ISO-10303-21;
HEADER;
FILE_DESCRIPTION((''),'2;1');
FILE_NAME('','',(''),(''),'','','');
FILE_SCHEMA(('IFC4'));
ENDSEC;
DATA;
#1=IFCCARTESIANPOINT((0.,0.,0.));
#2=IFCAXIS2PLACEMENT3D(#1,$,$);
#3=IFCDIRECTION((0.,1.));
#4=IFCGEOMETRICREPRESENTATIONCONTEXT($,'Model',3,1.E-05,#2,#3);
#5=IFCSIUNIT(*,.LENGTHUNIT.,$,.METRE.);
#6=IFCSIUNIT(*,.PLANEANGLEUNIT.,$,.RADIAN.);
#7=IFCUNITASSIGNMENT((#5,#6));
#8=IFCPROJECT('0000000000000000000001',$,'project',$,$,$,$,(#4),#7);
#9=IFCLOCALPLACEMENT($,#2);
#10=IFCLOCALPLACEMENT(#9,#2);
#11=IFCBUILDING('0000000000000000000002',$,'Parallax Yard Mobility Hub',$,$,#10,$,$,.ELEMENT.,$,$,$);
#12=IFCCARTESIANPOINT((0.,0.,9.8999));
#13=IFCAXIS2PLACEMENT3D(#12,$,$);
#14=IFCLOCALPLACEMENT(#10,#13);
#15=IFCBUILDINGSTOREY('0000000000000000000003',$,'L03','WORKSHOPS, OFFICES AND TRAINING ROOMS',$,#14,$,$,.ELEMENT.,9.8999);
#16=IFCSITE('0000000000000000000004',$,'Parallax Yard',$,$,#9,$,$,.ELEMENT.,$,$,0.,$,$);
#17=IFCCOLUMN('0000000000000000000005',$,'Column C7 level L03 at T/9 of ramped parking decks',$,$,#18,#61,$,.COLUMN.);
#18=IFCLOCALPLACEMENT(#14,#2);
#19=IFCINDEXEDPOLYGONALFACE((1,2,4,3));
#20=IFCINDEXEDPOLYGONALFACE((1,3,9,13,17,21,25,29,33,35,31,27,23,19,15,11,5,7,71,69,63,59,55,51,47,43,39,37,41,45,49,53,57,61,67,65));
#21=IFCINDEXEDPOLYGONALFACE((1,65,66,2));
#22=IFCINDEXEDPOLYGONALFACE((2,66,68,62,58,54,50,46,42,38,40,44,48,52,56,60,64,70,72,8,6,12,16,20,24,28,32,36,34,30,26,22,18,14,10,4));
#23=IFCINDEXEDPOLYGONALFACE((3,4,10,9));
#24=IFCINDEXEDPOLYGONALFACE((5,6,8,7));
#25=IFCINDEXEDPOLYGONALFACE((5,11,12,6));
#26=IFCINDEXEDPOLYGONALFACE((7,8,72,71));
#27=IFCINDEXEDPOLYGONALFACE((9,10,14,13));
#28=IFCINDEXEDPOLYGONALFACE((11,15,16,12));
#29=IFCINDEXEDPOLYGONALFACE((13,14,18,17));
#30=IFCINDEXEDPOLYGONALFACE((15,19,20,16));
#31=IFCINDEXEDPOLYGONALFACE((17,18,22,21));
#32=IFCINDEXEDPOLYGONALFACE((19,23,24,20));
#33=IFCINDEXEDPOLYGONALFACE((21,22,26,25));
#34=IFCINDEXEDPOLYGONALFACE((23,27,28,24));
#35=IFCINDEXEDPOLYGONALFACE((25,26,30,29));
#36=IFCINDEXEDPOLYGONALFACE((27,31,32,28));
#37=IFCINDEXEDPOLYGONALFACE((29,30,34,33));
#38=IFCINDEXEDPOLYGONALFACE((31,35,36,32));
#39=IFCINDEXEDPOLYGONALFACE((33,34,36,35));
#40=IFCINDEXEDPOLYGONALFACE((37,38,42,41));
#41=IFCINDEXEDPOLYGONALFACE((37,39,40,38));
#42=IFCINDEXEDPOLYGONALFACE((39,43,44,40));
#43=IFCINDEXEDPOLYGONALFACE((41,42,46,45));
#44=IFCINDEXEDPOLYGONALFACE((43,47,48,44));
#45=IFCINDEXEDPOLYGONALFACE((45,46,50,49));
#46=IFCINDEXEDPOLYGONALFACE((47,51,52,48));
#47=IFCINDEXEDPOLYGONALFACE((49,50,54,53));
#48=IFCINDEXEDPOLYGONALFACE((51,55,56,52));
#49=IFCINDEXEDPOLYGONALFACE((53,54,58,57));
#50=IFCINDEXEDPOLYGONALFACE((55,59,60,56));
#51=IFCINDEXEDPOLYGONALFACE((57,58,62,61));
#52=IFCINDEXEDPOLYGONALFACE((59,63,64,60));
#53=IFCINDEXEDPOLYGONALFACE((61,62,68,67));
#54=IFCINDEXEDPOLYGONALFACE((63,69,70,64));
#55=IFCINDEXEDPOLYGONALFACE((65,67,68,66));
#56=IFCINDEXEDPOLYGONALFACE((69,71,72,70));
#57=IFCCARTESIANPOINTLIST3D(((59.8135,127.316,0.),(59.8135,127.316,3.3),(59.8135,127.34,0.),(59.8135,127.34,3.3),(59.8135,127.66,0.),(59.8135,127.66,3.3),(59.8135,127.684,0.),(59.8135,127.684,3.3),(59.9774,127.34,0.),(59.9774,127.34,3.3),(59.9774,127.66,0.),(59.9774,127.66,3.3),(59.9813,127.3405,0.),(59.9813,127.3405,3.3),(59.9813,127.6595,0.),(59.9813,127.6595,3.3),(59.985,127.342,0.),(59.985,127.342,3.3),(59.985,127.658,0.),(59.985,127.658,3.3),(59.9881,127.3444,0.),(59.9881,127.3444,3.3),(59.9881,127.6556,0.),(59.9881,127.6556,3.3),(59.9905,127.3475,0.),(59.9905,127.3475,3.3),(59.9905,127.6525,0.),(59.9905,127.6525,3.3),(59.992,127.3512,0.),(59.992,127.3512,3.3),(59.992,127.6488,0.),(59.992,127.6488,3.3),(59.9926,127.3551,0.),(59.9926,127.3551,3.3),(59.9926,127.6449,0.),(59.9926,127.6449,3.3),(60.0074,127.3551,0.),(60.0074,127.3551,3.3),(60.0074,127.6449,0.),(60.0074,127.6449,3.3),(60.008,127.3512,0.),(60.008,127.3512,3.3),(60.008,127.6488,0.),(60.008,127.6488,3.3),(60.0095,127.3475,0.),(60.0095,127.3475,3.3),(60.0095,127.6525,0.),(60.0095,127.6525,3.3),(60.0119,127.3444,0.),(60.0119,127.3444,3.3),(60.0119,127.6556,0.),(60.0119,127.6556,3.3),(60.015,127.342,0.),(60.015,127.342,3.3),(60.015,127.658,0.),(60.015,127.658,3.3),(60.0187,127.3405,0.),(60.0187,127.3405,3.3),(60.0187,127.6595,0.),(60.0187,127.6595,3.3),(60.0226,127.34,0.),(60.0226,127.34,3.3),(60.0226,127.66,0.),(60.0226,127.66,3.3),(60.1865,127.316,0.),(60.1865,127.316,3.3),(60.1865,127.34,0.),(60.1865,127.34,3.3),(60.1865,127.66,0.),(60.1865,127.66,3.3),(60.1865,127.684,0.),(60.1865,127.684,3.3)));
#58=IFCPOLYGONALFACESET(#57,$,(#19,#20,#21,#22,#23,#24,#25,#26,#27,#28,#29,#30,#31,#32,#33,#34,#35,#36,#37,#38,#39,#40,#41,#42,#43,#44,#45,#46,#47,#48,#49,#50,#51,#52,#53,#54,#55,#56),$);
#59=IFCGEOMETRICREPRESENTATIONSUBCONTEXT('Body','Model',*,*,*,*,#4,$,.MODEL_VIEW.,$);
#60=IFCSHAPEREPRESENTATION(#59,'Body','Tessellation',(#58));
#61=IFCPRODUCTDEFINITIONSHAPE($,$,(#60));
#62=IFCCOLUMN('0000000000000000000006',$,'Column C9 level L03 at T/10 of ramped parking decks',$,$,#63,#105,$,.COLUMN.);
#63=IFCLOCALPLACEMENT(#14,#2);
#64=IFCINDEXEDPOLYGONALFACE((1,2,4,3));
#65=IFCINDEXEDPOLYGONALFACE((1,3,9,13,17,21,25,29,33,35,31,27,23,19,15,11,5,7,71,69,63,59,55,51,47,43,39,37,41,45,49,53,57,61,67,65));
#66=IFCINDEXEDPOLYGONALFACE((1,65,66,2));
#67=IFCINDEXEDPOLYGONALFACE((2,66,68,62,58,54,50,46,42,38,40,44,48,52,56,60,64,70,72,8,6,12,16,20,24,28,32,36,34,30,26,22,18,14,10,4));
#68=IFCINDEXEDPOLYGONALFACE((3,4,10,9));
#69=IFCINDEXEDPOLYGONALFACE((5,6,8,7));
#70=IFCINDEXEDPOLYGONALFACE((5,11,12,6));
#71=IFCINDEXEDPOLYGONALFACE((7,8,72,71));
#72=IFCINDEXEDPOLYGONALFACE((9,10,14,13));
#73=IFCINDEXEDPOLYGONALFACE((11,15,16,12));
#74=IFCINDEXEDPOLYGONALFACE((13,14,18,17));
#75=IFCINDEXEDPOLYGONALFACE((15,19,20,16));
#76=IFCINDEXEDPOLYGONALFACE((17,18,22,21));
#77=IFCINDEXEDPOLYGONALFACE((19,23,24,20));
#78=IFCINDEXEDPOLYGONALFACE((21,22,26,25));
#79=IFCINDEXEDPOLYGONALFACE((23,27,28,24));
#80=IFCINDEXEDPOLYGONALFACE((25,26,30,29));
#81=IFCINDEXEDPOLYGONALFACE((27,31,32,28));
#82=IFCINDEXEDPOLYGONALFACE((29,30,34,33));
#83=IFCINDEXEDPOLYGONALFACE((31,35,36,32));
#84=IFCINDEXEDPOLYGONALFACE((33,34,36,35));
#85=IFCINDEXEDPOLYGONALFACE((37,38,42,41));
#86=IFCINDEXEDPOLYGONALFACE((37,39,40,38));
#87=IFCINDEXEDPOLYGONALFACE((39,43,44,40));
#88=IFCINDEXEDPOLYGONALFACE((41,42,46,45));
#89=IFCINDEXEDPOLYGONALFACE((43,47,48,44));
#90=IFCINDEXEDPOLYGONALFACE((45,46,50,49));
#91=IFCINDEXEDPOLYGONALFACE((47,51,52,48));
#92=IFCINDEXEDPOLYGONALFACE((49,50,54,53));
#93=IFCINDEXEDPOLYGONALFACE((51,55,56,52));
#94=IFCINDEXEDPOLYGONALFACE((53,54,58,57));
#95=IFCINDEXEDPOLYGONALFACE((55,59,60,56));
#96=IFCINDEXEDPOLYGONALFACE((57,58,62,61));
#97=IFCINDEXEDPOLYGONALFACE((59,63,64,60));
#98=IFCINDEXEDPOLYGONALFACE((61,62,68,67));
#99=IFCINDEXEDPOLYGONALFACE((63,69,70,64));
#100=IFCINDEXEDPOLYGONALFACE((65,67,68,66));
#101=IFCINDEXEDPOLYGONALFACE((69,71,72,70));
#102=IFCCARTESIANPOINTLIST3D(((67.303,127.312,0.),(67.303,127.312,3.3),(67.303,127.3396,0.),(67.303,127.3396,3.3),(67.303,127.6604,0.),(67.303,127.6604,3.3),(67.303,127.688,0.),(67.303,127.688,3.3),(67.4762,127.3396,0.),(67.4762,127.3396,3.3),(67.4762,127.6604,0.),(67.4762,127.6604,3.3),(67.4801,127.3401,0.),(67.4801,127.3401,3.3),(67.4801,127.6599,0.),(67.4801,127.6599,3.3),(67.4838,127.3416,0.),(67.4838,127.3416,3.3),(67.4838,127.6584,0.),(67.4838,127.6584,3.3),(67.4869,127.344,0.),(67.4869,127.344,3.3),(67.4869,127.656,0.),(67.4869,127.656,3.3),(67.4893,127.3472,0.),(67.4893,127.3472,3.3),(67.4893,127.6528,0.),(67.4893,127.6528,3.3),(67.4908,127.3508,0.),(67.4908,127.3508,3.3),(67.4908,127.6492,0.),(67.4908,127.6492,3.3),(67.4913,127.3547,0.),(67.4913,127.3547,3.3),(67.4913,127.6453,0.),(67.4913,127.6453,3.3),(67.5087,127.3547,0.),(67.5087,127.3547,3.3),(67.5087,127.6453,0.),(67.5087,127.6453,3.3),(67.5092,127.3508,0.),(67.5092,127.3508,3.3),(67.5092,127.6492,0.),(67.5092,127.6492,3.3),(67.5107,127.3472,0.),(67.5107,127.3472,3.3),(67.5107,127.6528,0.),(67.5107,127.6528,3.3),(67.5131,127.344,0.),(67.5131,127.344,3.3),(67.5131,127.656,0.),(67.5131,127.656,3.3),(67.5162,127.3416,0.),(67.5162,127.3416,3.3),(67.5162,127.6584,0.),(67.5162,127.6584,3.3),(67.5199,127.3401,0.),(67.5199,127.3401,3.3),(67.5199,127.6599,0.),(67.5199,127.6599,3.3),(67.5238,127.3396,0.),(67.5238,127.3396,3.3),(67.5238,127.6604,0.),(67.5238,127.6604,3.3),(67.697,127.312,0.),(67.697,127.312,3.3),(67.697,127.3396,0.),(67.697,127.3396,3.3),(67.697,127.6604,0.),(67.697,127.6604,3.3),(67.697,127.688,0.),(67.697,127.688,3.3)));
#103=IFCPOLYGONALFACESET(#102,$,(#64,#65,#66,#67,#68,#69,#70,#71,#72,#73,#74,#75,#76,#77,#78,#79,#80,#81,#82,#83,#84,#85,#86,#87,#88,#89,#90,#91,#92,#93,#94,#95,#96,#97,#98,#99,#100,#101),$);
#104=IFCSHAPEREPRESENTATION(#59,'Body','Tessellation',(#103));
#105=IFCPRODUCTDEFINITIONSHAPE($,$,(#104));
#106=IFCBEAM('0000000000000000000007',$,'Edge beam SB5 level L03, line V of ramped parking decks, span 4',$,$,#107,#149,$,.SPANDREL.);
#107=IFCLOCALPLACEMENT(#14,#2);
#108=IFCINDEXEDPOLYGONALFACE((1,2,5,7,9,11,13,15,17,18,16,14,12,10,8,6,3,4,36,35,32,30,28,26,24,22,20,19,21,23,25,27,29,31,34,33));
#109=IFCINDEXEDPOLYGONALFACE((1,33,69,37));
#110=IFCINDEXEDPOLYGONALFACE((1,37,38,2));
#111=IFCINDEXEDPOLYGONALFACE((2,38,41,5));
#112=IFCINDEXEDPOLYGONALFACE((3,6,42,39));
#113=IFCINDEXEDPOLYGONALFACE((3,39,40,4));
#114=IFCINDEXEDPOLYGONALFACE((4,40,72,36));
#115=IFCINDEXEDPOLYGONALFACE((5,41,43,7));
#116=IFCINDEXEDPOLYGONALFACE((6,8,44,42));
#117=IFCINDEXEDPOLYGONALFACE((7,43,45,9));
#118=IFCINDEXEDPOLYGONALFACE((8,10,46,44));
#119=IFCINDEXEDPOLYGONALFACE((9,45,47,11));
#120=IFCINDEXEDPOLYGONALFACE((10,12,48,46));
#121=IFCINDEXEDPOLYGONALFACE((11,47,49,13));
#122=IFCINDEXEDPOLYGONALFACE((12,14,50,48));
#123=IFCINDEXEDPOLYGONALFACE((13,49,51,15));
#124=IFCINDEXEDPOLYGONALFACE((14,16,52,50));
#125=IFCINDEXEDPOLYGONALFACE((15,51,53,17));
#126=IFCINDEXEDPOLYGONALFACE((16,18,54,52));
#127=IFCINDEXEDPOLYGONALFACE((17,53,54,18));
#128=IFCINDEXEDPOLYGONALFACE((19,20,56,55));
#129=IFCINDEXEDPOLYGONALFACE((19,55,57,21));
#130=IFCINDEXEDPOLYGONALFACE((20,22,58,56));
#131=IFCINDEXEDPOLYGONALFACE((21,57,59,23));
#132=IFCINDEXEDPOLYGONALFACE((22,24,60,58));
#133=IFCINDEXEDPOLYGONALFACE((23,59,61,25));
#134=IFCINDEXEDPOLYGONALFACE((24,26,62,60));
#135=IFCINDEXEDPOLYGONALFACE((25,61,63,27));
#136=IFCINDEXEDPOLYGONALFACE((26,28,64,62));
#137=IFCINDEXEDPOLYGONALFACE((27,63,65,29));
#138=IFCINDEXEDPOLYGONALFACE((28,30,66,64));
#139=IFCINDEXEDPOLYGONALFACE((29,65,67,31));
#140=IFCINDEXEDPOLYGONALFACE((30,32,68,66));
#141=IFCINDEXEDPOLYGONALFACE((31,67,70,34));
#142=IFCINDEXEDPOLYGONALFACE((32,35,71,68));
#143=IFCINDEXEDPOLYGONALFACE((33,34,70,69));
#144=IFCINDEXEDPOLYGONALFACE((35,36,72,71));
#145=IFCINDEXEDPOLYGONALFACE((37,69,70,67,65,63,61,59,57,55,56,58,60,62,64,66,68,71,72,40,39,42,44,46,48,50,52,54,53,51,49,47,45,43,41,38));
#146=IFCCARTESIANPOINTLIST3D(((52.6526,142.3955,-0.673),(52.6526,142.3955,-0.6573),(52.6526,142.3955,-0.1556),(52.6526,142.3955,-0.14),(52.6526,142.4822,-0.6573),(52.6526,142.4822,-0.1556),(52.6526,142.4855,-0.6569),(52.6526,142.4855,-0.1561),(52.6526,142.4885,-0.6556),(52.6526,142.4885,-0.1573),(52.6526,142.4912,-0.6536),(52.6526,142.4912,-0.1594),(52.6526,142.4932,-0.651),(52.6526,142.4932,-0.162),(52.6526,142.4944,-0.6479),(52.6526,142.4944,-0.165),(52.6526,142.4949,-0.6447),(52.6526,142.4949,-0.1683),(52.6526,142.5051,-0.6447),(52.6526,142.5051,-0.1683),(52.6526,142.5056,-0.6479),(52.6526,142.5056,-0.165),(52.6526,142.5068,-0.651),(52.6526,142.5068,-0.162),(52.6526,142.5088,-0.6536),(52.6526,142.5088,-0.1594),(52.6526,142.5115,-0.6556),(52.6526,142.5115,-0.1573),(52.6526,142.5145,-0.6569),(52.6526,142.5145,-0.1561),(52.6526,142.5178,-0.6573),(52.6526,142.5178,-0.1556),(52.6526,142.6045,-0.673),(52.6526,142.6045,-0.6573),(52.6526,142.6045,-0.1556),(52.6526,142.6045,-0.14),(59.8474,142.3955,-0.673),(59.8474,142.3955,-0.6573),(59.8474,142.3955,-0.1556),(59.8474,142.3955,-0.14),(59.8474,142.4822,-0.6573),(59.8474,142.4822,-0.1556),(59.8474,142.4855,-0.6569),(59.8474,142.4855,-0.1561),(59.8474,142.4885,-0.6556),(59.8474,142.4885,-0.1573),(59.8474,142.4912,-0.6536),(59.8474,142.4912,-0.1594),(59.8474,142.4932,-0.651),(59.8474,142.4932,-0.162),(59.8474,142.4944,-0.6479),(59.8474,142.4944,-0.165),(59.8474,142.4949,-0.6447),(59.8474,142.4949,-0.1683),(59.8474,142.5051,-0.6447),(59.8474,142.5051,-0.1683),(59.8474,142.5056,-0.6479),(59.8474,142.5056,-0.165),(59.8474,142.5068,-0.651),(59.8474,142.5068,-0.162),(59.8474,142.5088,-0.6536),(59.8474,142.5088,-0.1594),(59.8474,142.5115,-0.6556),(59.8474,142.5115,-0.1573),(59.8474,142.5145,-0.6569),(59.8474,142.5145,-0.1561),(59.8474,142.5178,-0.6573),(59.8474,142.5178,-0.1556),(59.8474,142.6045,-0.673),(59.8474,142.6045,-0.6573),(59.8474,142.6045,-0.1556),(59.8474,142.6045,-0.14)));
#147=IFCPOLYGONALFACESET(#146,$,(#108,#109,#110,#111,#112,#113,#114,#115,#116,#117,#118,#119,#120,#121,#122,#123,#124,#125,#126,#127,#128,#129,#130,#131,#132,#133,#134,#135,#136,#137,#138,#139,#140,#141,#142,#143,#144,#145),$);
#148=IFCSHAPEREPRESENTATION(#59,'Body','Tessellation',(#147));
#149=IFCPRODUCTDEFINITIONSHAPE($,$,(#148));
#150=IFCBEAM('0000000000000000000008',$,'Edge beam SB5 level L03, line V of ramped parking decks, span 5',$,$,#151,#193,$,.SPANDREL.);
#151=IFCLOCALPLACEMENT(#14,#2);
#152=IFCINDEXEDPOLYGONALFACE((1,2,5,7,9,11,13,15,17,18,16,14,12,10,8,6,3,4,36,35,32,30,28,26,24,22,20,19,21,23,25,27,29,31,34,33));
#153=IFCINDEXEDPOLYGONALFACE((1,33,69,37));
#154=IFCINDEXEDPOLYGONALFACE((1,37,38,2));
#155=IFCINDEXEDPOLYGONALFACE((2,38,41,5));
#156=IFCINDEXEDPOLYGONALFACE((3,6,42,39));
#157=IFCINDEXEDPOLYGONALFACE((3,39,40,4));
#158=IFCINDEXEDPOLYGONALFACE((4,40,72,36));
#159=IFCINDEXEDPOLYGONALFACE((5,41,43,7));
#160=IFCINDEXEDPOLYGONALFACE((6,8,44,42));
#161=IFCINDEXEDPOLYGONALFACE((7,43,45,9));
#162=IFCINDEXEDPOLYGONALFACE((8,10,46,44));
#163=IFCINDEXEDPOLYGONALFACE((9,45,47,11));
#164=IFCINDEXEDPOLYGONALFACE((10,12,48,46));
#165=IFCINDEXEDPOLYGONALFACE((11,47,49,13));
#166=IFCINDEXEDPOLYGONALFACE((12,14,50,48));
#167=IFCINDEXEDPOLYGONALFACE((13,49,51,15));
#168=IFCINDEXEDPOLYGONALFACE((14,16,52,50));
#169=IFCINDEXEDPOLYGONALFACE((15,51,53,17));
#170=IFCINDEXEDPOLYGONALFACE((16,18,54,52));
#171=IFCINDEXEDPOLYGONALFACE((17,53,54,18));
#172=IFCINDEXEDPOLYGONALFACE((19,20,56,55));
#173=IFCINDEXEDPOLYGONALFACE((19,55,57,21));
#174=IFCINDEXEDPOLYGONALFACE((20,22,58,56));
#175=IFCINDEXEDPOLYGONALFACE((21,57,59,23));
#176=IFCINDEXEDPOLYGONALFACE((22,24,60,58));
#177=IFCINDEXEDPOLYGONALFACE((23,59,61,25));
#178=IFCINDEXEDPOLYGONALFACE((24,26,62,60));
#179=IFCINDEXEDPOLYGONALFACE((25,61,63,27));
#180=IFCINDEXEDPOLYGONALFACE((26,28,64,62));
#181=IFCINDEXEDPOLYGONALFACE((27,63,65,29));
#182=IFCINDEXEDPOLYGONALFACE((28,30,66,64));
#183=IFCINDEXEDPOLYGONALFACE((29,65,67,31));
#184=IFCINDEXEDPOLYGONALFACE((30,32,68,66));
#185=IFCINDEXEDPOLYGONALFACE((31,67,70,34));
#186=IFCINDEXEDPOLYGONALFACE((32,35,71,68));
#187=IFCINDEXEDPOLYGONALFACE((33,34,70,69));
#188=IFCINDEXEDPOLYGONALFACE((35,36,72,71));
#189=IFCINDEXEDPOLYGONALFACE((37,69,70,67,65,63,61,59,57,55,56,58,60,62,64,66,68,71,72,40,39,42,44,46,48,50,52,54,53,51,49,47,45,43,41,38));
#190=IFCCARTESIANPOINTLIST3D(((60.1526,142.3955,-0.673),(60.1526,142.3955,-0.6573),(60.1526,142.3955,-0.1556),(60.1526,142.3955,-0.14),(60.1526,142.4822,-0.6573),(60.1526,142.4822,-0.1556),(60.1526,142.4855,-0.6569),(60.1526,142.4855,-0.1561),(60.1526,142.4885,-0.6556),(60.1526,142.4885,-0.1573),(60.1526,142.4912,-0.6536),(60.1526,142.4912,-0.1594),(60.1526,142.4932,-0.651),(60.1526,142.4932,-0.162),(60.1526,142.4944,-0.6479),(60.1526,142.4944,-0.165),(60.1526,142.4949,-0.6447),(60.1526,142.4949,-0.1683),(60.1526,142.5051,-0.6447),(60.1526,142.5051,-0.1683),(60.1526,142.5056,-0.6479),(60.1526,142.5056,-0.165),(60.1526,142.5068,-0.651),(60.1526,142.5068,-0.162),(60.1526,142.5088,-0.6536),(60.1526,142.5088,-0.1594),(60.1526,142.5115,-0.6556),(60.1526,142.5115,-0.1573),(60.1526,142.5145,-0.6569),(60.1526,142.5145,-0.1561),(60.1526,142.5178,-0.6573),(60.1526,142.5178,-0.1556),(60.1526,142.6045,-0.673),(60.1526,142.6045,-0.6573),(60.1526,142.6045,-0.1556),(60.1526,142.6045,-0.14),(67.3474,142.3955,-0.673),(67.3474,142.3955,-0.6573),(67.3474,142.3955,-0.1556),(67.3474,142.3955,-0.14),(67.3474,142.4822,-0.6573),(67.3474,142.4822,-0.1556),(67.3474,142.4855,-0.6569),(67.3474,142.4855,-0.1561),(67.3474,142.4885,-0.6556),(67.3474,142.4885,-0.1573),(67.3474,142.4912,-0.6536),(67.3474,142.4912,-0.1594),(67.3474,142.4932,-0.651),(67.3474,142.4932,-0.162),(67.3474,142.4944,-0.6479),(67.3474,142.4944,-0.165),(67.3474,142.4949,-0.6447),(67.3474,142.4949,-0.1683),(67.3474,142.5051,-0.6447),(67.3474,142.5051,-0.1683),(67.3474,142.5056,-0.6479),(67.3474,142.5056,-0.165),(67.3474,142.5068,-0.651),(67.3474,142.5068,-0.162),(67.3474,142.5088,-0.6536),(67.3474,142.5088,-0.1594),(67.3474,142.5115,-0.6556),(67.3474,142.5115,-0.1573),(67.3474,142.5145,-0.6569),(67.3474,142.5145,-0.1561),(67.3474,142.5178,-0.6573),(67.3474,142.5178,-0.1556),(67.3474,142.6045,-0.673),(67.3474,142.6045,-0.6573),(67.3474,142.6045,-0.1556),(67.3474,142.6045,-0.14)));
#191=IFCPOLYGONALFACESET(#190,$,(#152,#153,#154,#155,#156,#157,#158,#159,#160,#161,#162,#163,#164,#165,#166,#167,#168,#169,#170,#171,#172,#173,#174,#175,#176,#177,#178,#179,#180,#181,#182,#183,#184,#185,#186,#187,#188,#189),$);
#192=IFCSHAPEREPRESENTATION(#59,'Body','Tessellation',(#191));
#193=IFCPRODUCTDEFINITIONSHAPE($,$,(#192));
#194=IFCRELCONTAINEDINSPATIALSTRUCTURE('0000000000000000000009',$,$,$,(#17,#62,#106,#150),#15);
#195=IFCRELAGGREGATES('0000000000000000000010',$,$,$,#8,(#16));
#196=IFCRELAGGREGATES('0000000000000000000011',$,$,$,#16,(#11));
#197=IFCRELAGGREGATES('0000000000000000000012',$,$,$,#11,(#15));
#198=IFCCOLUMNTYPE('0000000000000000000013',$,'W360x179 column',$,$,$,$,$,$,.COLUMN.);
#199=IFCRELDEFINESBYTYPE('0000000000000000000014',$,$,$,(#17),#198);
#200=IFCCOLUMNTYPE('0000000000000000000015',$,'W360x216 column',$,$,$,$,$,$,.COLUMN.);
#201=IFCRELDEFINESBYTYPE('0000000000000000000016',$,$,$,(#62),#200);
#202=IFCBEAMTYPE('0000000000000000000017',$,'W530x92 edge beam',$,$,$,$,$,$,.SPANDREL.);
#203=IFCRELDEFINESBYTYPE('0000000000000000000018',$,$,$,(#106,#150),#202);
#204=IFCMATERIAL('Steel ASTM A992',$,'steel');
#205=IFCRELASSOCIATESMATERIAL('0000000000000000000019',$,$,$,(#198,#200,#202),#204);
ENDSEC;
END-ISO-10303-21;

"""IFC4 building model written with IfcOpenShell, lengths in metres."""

from ifc_helpers import new_model, si_unit, direction, frame, origin, origin_2d, place, context, subcontext, project, spatial, i_section, extrude, material, material_profile, profile_set, type_object, element, save


model = new_model("IFC4")

# Units and contexts
model_context = context("Model", 3, precision=1e-05, world=origin(), true_north=direction((0.0, 1.0)))
body_context = subcontext(model_context, "Body", "Model", "MODEL_VIEW")
ifc_project = project(units=[si_unit("LENGTHUNIT", "METRE"), si_unit("PLANEANGLEUNIT", "RADIAN")], contexts=[model_context])

# Site, building, storey
site_placement = place(None, origin())
site = spatial("IfcSite", under=ifc_project, at=site_placement, Name="Parallax Yard", CompositionType="ELEMENT", RefElevation=0.0)
building_placement = place(site_placement, origin())
building = spatial("IfcBuilding", under=site, at=building_placement, Name="Parallax Yard Mobility Hub", CompositionType="ELEMENT")
storey_placement = place(building_placement, frame((0.0, 0.0, 9.8999)))
storey = spatial("IfcBuildingStorey", under=building, at=storey_placement, Name="L03", Description="WORKSHOPS, OFFICES AND TRAINING ROOMS", CompositionType="ELEMENT", Elevation=9.8999)

# Columns
ifc_material_1 = material(Name="Steel ASTM A992", Category="steel")
ifc_material_profile_1 = material_profile(ifc_material_1, i_section(OverallWidth=0.373, OverallDepth=0.3679, WebThickness=0.0149, FlangeThickness=0.0239, FilletRadius=0.0151, at=origin_2d()), Name="W360x179")
ifc_profile_set_1 = profile_set([ifc_material_profile_1], Name="Steel ASTM A992")
column_type_1 = type_object("IfcColumnType", Name="W360x179 column", PredefinedType="COLUMN", material=ifc_profile_set_1)
for number, where, z_axis, x_axis, name in (
    (1, (60.0, 127.5, 0.0), (0.0, 0.0, 1.0), (1.0, 0.0, 0.0), "Column C7 level L03 at T/9 of ramped parking decks"),
):
    element("IfcColumn", number, at=place(storey_placement, frame(where, z_axis=z_axis, x_axis=x_axis)), inside=storey, type_object=column_type_1, Name=name, PredefinedType="COLUMN", context=body_context, shape_type="SweptSolid", body=[
        extrude(i_section(OverallWidth=0.373, OverallDepth=0.3679, WebThickness=0.0149, FlangeThickness=0.0239, FilletRadius=0.0151, at=origin_2d()), origin(), (0.0, 0.0, 1.0), 3.3),
    ])
ifc_material_profile_2 = material_profile(ifc_material_1, i_section(OverallWidth=0.394, OverallDepth=0.376, WebThickness=0.0173, FlangeThickness=0.0276, FilletRadius=0.0151, at=origin_2d()), Name="W360x216")
ifc_profile_set_2 = profile_set([ifc_material_profile_2], Name="Steel ASTM A992")
column_type_2 = type_object("IfcColumnType", Name="W360x216 column", PredefinedType="COLUMN", material=ifc_profile_set_2)
column_placement = place(storey_placement, frame((67.5, 127.5, 0.0), z_axis=(0.0, 0.0, 1.0), x_axis=(1.0, 0.0, 0.0)))
element("IfcColumn", 2, at=column_placement, inside=storey, type_object=column_type_2, Name="Column C9 level L03 at T/10 of ramped parking decks", PredefinedType="COLUMN", context=body_context, shape_type="SweptSolid", body=[
    extrude(i_section(OverallWidth=0.394, OverallDepth=0.376, WebThickness=0.0173, FlangeThickness=0.0276, FilletRadius=0.0151, at=origin_2d()), origin(), (0.0, 0.0, 1.0), 3.3),
])

# Beams
ifc_material_profile_3 = material_profile(ifc_material_1, i_section(OverallWidth=0.209, OverallDepth=0.533, WebThickness=0.0103, FlangeThickness=0.0156, FilletRadius=0.0127, at=origin_2d()), Name="W530x92")
ifc_profile_set_3 = profile_set([ifc_material_profile_3], Name="Steel ASTM A992")
beam_type_1 = type_object("IfcBeamType", Name="W530x92 edge beam", PredefinedType="SPANDREL", material=ifc_profile_set_3)
for number, where, z_axis, x_axis, name in (
    (3, (52.6526, 142.5, -0.4065), (1.0, 0.0, 0.0), (0.0, 1.0, 0.0), "Edge beam SB5 level L03, line V of ramped parking decks, span 4"),
    (4, (60.1526, 142.5, -0.4065), (1.0, 0.0, 0.0), (0.0, 1.0, 0.0), "Edge beam SB5 level L03, line V of ramped parking decks, span 5"),
):
    element("IfcBeam", number, at=place(storey_placement, frame(where, z_axis=z_axis, x_axis=x_axis)), inside=storey, type_object=beam_type_1, Name=name, PredefinedType="SPANDREL", context=body_context, shape_type="SweptSolid", body=[
        extrude(i_section(OverallWidth=0.209, OverallDepth=0.533, WebThickness=0.0103, FlangeThickness=0.0156, FilletRadius=0.0127, at=origin_2d()), origin(), (0.0, 0.0, 1.0), 7.1948),
    ])

save(model, "model.ifc")
